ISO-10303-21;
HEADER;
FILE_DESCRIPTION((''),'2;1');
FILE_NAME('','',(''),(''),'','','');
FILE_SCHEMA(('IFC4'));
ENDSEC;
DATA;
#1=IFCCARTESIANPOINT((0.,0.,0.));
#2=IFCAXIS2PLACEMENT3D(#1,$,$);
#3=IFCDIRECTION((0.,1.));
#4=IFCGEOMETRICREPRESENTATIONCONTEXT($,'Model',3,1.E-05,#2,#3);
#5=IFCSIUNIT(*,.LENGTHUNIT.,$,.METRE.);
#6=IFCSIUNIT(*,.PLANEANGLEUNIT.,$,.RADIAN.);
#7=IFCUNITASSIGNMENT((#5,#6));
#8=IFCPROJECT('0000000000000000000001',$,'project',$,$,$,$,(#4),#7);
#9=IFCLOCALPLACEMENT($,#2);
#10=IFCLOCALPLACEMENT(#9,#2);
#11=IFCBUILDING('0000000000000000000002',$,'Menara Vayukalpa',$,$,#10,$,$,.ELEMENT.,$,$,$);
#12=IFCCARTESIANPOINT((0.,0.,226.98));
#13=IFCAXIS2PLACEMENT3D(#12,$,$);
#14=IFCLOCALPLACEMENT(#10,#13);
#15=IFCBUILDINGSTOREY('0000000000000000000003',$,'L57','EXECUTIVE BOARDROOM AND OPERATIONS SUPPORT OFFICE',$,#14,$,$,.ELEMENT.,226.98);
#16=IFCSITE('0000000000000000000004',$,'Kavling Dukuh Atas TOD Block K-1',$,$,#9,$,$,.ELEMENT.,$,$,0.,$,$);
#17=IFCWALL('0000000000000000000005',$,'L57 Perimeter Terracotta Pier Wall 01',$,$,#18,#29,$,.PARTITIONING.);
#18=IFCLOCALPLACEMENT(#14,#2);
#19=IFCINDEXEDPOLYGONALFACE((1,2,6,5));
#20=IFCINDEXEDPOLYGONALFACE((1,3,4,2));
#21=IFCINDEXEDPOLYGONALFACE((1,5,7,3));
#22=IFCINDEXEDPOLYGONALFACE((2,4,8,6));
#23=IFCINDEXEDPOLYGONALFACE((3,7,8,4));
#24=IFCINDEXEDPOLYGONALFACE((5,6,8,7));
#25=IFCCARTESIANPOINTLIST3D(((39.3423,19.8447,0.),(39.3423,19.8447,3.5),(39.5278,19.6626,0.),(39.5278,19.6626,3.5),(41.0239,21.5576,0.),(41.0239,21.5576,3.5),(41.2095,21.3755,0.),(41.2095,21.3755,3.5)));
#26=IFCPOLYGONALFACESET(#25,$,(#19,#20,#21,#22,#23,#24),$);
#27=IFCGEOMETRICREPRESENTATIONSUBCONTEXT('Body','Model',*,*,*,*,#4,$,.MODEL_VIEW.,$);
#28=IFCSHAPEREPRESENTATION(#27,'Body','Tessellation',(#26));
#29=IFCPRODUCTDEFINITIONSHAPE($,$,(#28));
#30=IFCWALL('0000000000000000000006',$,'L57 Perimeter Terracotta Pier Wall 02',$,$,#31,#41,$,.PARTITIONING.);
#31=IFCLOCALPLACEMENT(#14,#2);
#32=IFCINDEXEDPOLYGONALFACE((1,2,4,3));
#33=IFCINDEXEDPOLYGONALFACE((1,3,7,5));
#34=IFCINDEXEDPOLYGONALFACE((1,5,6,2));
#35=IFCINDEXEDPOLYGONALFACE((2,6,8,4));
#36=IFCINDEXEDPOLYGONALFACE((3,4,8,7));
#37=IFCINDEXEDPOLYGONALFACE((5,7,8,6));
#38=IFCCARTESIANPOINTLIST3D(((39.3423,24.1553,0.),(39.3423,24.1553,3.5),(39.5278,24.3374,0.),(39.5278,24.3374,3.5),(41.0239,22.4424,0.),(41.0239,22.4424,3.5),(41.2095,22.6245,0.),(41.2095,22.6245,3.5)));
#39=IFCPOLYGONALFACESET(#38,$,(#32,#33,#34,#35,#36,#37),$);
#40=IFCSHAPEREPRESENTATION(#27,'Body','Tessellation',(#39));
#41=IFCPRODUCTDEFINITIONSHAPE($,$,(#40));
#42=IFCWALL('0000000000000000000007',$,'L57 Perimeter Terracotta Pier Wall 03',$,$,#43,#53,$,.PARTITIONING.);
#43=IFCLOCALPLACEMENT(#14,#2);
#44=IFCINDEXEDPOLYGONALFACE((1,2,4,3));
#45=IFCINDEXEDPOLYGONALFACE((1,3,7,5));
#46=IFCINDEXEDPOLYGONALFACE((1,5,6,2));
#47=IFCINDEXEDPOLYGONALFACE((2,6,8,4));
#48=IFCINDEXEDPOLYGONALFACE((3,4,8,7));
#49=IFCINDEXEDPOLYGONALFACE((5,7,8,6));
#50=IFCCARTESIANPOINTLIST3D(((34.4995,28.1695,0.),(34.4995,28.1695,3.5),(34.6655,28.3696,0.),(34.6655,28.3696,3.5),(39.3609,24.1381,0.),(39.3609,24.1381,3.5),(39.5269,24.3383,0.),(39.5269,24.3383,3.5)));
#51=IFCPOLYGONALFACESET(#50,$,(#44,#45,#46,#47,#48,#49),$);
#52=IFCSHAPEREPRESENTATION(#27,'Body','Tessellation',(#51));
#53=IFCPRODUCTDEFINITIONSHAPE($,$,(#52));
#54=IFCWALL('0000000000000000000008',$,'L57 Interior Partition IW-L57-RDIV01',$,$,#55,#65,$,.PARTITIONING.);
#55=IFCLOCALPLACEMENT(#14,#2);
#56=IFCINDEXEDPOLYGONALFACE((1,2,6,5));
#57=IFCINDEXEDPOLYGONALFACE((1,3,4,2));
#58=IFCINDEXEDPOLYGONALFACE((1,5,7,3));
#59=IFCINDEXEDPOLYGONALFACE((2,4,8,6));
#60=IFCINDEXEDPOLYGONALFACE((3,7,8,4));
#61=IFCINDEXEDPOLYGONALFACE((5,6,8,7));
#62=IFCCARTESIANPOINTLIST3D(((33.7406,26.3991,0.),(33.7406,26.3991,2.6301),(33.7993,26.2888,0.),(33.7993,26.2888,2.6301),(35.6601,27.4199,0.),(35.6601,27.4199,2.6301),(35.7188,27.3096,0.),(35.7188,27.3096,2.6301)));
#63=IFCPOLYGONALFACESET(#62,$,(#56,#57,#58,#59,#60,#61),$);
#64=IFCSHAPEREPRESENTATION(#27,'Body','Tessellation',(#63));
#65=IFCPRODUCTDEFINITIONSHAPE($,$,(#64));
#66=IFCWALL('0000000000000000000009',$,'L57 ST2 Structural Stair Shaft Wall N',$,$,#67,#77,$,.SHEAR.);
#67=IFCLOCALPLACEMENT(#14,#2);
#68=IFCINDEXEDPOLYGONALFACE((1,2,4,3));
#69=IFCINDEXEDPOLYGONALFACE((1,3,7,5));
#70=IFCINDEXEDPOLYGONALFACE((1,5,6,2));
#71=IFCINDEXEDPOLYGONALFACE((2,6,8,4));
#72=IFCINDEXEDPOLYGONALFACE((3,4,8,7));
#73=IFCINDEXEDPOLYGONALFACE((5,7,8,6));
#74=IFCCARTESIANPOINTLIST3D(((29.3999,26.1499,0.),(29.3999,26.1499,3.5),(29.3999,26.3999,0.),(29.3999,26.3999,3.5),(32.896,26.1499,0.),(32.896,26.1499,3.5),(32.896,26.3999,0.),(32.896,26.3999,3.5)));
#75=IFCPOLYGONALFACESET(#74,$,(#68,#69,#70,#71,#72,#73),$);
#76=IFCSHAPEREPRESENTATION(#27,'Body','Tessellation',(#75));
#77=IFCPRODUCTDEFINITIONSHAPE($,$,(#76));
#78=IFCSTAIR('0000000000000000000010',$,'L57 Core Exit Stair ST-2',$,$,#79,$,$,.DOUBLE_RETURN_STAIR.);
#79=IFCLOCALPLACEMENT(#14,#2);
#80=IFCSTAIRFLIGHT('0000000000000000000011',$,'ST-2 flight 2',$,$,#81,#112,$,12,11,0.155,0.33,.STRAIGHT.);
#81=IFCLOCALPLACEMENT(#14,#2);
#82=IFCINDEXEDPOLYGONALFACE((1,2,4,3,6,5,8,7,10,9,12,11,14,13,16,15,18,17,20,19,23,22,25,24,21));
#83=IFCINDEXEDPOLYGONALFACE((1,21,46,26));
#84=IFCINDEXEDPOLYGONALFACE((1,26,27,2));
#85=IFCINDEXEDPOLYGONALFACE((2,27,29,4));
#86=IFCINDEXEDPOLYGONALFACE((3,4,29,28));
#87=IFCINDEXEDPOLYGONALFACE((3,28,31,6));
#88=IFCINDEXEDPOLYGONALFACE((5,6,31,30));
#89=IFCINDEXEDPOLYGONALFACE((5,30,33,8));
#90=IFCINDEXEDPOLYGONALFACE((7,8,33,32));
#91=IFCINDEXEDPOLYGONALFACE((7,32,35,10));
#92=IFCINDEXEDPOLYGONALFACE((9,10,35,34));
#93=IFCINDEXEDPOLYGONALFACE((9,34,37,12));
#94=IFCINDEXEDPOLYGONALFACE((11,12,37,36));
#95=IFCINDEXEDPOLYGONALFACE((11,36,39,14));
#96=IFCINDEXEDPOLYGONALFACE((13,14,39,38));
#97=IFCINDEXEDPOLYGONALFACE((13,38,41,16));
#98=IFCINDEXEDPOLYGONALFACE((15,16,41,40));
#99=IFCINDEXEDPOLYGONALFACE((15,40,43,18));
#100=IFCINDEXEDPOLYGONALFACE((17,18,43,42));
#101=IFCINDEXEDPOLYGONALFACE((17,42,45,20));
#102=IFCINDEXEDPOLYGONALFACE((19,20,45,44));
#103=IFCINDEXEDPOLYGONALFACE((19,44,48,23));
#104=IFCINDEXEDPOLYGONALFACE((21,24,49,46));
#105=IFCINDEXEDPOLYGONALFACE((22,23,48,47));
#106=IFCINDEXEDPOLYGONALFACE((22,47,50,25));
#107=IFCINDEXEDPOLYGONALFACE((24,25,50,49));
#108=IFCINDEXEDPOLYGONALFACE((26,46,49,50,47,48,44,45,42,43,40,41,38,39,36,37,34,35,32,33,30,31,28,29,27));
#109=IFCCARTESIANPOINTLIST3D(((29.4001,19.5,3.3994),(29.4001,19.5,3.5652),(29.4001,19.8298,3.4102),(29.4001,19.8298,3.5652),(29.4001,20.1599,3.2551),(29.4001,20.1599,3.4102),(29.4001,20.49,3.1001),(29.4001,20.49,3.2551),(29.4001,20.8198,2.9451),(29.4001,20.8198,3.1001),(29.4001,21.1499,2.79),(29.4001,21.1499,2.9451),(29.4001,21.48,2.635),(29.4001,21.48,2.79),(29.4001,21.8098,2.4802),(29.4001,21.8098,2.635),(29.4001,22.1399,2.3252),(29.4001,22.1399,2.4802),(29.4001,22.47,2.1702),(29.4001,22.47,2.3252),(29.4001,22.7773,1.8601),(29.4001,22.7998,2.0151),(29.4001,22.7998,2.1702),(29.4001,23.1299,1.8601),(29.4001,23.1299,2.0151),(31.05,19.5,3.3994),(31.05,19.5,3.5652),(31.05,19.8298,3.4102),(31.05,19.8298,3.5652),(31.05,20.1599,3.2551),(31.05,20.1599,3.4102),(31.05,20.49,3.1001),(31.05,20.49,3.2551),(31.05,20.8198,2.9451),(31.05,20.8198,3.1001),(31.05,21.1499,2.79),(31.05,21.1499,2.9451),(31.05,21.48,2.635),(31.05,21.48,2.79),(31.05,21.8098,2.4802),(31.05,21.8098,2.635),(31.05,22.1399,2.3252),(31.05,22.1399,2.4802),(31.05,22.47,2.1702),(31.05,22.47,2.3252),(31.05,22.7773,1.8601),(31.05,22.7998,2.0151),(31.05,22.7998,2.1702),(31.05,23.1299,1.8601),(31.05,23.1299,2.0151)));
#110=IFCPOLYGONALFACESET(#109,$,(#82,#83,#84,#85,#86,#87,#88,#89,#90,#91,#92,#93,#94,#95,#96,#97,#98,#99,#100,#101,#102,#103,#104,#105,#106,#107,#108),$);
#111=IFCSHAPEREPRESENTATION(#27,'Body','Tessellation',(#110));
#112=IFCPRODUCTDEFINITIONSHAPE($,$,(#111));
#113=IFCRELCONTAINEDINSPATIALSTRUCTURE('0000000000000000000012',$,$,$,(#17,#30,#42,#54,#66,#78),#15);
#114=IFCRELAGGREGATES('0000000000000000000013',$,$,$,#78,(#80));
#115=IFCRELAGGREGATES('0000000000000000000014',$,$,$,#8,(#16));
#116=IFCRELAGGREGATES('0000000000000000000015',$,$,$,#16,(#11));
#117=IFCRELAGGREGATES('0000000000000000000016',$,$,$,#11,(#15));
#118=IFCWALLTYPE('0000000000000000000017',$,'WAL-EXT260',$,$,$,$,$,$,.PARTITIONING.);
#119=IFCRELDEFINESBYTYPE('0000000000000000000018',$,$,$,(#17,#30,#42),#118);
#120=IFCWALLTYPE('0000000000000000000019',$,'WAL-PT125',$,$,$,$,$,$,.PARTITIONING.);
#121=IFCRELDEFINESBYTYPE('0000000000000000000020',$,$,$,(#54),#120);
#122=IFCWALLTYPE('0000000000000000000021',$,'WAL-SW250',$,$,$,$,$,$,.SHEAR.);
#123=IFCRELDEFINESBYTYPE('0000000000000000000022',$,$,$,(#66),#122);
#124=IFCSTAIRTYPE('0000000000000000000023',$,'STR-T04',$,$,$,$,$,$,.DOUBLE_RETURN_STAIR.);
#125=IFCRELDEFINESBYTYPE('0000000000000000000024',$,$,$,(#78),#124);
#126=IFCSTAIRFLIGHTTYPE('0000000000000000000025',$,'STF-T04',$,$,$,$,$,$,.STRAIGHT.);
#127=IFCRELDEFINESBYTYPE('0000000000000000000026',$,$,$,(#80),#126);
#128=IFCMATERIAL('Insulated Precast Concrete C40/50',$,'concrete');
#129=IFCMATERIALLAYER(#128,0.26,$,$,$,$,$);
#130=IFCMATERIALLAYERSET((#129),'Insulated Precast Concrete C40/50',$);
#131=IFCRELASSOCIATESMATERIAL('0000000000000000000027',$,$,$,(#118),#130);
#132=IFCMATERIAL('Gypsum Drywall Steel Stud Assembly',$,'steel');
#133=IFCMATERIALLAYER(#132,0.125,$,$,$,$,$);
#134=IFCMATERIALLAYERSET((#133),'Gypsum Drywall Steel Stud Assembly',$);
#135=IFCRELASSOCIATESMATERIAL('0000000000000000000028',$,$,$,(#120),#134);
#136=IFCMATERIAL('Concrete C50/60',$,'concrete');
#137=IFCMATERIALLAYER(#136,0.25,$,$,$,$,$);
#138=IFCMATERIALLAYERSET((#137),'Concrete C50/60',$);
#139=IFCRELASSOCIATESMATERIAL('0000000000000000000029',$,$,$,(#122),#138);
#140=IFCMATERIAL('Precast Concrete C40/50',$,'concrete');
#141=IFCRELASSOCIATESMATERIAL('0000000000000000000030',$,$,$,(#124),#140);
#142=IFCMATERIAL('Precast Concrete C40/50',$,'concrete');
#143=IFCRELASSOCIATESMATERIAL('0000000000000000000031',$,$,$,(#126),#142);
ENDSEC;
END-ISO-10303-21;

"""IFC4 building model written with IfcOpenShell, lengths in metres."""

from ifc_helpers import new_model, si_unit, direction, frame, frame_2d, origin, place, context, subcontext, project, spatial, polyline, rectangle, outline, extrude, material, layer, layer_set, type_object, element, aggregate, save


model = new_model("IFC4")

# Units and contexts
model_context = context("Model", 3, precision=1e-05, world=origin(), true_north=direction((0.0, 1.0)))
body_context = subcontext(model_context, "Body", "Model", "MODEL_VIEW")
ifc_project = project(units=[si_unit("LENGTHUNIT", "METRE"), si_unit("PLANEANGLEUNIT", "RADIAN")], contexts=[model_context])

# Site, building, storey
site_placement = place(None, origin())
site = spatial("IfcSite", under=ifc_project, at=site_placement, Name="Kavling Dukuh Atas TOD Block K-1", CompositionType="ELEMENT", RefElevation=0.0)
building_placement = place(site_placement, origin())
building = spatial("IfcBuilding", under=site, at=building_placement, Name="Menara Vayukalpa", CompositionType="ELEMENT")
storey_placement = place(building_placement, frame((0.0, 0.0, 226.98)))
storey = spatial("IfcBuildingStorey", under=building, at=storey_placement, Name="L57", Description="EXECUTIVE BOARDROOM AND OPERATIONS SUPPORT OFFICE", CompositionType="ELEMENT", Elevation=226.98)

# Walls
ifc_material_1 = material(Name="Insulated Precast Concrete C40/50", Category="concrete")
ifc_layer_1 = layer(ifc_material_1, 0.26)
ifc_layer_set_1 = layer_set([ifc_layer_1], Name="Insulated Precast Concrete C40/50")
wall_type_1 = type_object("IfcWallType", Name="WAL-EXT260", PredefinedType="PARTITIONING", material=ifc_layer_set_1)
for number, where, z_axis, x_axis, name in (
    (1, (41.1167, 21.4666, 0.0), (0.0, 0.0, 1.0), (-0.700567, -0.713586, 0.0), "L57 Perimeter Terracotta Pier Wall 01"),
    (2, (39.4351, 24.2463, 0.0), (0.0, 0.0, 1.0), (0.700567, -0.713586, 0.0), "L57 Perimeter Terracotta Pier Wall 02"),
):
    element("IfcWall", number, at=place(storey_placement, frame(where, z_axis=z_axis, x_axis=x_axis)), inside=storey, type_object=wall_type_1, Name=name, PredefinedType="PARTITIONING", context=body_context, shape_type="SweptSolid", body=[
        extrude(rectangle(XDim=2.4004, YDim=0.26, at=frame_2d((1.2002, 0.0))), origin(), (0.0, 0.0, 1.0), 3.5),
    ])
wall_1_placement = place(storey_placement, frame((34.5825, 28.2695, 0.0), z_axis=(0.0, 0.0, 1.0), x_axis=(0.769765, -0.638327, 0.0)))
element("IfcWall", 3, at=wall_1_placement, inside=storey, type_object=wall_type_1, Name="L57 Perimeter Terracotta Pier Wall 03", PredefinedType="PARTITIONING", context=body_context, shape_type="SweptSolid", body=[
    extrude(rectangle(XDim=6.3154, YDim=0.26, at=frame_2d((3.1577, 0.0))), origin(), (0.0, 0.0, 1.0), 3.5),
])
ifc_material_2 = material(Name="Gypsum Drywall Steel Stud Assembly", Category="steel")
ifc_layer_2 = layer(ifc_material_2, 0.125)
ifc_layer_set_2 = layer_set([ifc_layer_2], Name="Gypsum Drywall Steel Stud Assembly")
wall_type_2 = type_object("IfcWallType", Name="WAL-PT125", PredefinedType="PARTITIONING", material=ifc_layer_set_2)
wall_2_placement = place(storey_placement, frame((33.77, 26.344, 0.0), z_axis=(0.0, 0.0, 1.0), x_axis=(0.882915, 0.469533, 0.0)))
element("IfcWall", 4, at=wall_2_placement, inside=storey, type_object=wall_type_2, Name="L57 Interior Partition IW-L57-RDIV01", PredefinedType="PARTITIONING", context=body_context, shape_type="SweptSolid", body=[
    extrude(rectangle(XDim=2.1741, YDim=0.125, at=frame_2d((1.0869, 0.0))), origin(), (0.0, 0.0, 1.0), 2.6301),
])
ifc_material_3 = material(Name="Concrete C50/60", Category="concrete")
ifc_layer_3 = layer(ifc_material_3, 0.25)
ifc_layer_set_3 = layer_set([ifc_layer_3], Name="Concrete C50/60")
wall_type_3 = type_object("IfcWallType", Name="WAL-SW250", PredefinedType="SHEAR", material=ifc_layer_set_3)
wall_3_placement = place(storey_placement, frame((29.3999, 26.2749, 0.0), z_axis=(0.0, 0.0, 1.0), x_axis=(1.0, 0.0, 0.0)))
element("IfcWall", 5, at=wall_3_placement, inside=storey, type_object=wall_type_3, Name="L57 ST2 Structural Stair Shaft Wall N", PredefinedType="SHEAR", context=body_context, shape_type="SweptSolid", body=[
    extrude(rectangle(XDim=3.4961, YDim=0.25, at=frame_2d((1.748, 0.0))), origin(), (0.0, 0.0, 1.0), 3.5),
])

# Stair, stair flight
ifc_material_4 = material(Name="Precast Concrete C40/50", Category="concrete")
stair_type = type_object("IfcStairType", Name="STR-T04", PredefinedType="DOUBLE_RETURN_STAIR", material=ifc_material_4)
stair_placement = place(storey_placement, origin())
stair = element("IfcStair", 6, at=stair_placement, inside=storey, type_object=stair_type, Name="L57 Core Exit Stair ST-2", PredefinedType="DOUBLE_RETURN_STAIR")
ifc_material_5 = material(Name="Precast Concrete C40/50", Category="concrete")
stair_flight_type = type_object("IfcStairFlightType", Name="STF-T04", PredefinedType="STRAIGHT", material=ifc_material_5)
stair_flight_placement = place(storey_placement, frame((30.2251, 23.1299, 1.8601), z_axis=(0.0, 0.0, 1.0), x_axis=(0.0, -1.0, 0.0)))
stair_flight = element("IfcStairFlight", 7, at=stair_flight_placement, type_object=stair_flight_type, Name="ST-2 flight 2", NumberOfRisers=12, NumberOfTreads=11, PredefinedType="STRAIGHT", RiserHeight=0.155, TreadLength=0.33, context=body_context, shape_type="SweptSolid", body=[
    extrude(outline(polyline([(0.0, 0.0), (0.0, 0.155), (0.3301, 0.155), (0.3301, 0.3101), (0.6599, 0.3101), (0.6599, 0.4651), (0.99, 0.4651), (0.99, 0.6201), (1.3201, 0.6201), (1.3201, 0.7749), (1.6499, 0.7749), (1.6499, 0.9299), (1.98, 0.9299), (1.98, 1.085), (2.3101, 1.085), (2.3101, 1.24), (2.6399, 1.24), (2.6399, 1.395), (2.97, 1.395), (2.97, 1.55), (3.3, 1.55), (3.3, 1.7051), (3.6299, 1.7051), (3.6299, 1.8601), (3.6299, 1.5393), (0.3525, 0.0), (0.0, 0.0)])), frame((0.0, 0.825, 0.0), z_axis=(0.0, -1.0, 0.0), x_axis=(1.0, 0.0, 0.0)), (0.0, 0.0, 1.0), 1.6499),
])
aggregate(stair, [stair_flight])

save(model, "model.ifc")
